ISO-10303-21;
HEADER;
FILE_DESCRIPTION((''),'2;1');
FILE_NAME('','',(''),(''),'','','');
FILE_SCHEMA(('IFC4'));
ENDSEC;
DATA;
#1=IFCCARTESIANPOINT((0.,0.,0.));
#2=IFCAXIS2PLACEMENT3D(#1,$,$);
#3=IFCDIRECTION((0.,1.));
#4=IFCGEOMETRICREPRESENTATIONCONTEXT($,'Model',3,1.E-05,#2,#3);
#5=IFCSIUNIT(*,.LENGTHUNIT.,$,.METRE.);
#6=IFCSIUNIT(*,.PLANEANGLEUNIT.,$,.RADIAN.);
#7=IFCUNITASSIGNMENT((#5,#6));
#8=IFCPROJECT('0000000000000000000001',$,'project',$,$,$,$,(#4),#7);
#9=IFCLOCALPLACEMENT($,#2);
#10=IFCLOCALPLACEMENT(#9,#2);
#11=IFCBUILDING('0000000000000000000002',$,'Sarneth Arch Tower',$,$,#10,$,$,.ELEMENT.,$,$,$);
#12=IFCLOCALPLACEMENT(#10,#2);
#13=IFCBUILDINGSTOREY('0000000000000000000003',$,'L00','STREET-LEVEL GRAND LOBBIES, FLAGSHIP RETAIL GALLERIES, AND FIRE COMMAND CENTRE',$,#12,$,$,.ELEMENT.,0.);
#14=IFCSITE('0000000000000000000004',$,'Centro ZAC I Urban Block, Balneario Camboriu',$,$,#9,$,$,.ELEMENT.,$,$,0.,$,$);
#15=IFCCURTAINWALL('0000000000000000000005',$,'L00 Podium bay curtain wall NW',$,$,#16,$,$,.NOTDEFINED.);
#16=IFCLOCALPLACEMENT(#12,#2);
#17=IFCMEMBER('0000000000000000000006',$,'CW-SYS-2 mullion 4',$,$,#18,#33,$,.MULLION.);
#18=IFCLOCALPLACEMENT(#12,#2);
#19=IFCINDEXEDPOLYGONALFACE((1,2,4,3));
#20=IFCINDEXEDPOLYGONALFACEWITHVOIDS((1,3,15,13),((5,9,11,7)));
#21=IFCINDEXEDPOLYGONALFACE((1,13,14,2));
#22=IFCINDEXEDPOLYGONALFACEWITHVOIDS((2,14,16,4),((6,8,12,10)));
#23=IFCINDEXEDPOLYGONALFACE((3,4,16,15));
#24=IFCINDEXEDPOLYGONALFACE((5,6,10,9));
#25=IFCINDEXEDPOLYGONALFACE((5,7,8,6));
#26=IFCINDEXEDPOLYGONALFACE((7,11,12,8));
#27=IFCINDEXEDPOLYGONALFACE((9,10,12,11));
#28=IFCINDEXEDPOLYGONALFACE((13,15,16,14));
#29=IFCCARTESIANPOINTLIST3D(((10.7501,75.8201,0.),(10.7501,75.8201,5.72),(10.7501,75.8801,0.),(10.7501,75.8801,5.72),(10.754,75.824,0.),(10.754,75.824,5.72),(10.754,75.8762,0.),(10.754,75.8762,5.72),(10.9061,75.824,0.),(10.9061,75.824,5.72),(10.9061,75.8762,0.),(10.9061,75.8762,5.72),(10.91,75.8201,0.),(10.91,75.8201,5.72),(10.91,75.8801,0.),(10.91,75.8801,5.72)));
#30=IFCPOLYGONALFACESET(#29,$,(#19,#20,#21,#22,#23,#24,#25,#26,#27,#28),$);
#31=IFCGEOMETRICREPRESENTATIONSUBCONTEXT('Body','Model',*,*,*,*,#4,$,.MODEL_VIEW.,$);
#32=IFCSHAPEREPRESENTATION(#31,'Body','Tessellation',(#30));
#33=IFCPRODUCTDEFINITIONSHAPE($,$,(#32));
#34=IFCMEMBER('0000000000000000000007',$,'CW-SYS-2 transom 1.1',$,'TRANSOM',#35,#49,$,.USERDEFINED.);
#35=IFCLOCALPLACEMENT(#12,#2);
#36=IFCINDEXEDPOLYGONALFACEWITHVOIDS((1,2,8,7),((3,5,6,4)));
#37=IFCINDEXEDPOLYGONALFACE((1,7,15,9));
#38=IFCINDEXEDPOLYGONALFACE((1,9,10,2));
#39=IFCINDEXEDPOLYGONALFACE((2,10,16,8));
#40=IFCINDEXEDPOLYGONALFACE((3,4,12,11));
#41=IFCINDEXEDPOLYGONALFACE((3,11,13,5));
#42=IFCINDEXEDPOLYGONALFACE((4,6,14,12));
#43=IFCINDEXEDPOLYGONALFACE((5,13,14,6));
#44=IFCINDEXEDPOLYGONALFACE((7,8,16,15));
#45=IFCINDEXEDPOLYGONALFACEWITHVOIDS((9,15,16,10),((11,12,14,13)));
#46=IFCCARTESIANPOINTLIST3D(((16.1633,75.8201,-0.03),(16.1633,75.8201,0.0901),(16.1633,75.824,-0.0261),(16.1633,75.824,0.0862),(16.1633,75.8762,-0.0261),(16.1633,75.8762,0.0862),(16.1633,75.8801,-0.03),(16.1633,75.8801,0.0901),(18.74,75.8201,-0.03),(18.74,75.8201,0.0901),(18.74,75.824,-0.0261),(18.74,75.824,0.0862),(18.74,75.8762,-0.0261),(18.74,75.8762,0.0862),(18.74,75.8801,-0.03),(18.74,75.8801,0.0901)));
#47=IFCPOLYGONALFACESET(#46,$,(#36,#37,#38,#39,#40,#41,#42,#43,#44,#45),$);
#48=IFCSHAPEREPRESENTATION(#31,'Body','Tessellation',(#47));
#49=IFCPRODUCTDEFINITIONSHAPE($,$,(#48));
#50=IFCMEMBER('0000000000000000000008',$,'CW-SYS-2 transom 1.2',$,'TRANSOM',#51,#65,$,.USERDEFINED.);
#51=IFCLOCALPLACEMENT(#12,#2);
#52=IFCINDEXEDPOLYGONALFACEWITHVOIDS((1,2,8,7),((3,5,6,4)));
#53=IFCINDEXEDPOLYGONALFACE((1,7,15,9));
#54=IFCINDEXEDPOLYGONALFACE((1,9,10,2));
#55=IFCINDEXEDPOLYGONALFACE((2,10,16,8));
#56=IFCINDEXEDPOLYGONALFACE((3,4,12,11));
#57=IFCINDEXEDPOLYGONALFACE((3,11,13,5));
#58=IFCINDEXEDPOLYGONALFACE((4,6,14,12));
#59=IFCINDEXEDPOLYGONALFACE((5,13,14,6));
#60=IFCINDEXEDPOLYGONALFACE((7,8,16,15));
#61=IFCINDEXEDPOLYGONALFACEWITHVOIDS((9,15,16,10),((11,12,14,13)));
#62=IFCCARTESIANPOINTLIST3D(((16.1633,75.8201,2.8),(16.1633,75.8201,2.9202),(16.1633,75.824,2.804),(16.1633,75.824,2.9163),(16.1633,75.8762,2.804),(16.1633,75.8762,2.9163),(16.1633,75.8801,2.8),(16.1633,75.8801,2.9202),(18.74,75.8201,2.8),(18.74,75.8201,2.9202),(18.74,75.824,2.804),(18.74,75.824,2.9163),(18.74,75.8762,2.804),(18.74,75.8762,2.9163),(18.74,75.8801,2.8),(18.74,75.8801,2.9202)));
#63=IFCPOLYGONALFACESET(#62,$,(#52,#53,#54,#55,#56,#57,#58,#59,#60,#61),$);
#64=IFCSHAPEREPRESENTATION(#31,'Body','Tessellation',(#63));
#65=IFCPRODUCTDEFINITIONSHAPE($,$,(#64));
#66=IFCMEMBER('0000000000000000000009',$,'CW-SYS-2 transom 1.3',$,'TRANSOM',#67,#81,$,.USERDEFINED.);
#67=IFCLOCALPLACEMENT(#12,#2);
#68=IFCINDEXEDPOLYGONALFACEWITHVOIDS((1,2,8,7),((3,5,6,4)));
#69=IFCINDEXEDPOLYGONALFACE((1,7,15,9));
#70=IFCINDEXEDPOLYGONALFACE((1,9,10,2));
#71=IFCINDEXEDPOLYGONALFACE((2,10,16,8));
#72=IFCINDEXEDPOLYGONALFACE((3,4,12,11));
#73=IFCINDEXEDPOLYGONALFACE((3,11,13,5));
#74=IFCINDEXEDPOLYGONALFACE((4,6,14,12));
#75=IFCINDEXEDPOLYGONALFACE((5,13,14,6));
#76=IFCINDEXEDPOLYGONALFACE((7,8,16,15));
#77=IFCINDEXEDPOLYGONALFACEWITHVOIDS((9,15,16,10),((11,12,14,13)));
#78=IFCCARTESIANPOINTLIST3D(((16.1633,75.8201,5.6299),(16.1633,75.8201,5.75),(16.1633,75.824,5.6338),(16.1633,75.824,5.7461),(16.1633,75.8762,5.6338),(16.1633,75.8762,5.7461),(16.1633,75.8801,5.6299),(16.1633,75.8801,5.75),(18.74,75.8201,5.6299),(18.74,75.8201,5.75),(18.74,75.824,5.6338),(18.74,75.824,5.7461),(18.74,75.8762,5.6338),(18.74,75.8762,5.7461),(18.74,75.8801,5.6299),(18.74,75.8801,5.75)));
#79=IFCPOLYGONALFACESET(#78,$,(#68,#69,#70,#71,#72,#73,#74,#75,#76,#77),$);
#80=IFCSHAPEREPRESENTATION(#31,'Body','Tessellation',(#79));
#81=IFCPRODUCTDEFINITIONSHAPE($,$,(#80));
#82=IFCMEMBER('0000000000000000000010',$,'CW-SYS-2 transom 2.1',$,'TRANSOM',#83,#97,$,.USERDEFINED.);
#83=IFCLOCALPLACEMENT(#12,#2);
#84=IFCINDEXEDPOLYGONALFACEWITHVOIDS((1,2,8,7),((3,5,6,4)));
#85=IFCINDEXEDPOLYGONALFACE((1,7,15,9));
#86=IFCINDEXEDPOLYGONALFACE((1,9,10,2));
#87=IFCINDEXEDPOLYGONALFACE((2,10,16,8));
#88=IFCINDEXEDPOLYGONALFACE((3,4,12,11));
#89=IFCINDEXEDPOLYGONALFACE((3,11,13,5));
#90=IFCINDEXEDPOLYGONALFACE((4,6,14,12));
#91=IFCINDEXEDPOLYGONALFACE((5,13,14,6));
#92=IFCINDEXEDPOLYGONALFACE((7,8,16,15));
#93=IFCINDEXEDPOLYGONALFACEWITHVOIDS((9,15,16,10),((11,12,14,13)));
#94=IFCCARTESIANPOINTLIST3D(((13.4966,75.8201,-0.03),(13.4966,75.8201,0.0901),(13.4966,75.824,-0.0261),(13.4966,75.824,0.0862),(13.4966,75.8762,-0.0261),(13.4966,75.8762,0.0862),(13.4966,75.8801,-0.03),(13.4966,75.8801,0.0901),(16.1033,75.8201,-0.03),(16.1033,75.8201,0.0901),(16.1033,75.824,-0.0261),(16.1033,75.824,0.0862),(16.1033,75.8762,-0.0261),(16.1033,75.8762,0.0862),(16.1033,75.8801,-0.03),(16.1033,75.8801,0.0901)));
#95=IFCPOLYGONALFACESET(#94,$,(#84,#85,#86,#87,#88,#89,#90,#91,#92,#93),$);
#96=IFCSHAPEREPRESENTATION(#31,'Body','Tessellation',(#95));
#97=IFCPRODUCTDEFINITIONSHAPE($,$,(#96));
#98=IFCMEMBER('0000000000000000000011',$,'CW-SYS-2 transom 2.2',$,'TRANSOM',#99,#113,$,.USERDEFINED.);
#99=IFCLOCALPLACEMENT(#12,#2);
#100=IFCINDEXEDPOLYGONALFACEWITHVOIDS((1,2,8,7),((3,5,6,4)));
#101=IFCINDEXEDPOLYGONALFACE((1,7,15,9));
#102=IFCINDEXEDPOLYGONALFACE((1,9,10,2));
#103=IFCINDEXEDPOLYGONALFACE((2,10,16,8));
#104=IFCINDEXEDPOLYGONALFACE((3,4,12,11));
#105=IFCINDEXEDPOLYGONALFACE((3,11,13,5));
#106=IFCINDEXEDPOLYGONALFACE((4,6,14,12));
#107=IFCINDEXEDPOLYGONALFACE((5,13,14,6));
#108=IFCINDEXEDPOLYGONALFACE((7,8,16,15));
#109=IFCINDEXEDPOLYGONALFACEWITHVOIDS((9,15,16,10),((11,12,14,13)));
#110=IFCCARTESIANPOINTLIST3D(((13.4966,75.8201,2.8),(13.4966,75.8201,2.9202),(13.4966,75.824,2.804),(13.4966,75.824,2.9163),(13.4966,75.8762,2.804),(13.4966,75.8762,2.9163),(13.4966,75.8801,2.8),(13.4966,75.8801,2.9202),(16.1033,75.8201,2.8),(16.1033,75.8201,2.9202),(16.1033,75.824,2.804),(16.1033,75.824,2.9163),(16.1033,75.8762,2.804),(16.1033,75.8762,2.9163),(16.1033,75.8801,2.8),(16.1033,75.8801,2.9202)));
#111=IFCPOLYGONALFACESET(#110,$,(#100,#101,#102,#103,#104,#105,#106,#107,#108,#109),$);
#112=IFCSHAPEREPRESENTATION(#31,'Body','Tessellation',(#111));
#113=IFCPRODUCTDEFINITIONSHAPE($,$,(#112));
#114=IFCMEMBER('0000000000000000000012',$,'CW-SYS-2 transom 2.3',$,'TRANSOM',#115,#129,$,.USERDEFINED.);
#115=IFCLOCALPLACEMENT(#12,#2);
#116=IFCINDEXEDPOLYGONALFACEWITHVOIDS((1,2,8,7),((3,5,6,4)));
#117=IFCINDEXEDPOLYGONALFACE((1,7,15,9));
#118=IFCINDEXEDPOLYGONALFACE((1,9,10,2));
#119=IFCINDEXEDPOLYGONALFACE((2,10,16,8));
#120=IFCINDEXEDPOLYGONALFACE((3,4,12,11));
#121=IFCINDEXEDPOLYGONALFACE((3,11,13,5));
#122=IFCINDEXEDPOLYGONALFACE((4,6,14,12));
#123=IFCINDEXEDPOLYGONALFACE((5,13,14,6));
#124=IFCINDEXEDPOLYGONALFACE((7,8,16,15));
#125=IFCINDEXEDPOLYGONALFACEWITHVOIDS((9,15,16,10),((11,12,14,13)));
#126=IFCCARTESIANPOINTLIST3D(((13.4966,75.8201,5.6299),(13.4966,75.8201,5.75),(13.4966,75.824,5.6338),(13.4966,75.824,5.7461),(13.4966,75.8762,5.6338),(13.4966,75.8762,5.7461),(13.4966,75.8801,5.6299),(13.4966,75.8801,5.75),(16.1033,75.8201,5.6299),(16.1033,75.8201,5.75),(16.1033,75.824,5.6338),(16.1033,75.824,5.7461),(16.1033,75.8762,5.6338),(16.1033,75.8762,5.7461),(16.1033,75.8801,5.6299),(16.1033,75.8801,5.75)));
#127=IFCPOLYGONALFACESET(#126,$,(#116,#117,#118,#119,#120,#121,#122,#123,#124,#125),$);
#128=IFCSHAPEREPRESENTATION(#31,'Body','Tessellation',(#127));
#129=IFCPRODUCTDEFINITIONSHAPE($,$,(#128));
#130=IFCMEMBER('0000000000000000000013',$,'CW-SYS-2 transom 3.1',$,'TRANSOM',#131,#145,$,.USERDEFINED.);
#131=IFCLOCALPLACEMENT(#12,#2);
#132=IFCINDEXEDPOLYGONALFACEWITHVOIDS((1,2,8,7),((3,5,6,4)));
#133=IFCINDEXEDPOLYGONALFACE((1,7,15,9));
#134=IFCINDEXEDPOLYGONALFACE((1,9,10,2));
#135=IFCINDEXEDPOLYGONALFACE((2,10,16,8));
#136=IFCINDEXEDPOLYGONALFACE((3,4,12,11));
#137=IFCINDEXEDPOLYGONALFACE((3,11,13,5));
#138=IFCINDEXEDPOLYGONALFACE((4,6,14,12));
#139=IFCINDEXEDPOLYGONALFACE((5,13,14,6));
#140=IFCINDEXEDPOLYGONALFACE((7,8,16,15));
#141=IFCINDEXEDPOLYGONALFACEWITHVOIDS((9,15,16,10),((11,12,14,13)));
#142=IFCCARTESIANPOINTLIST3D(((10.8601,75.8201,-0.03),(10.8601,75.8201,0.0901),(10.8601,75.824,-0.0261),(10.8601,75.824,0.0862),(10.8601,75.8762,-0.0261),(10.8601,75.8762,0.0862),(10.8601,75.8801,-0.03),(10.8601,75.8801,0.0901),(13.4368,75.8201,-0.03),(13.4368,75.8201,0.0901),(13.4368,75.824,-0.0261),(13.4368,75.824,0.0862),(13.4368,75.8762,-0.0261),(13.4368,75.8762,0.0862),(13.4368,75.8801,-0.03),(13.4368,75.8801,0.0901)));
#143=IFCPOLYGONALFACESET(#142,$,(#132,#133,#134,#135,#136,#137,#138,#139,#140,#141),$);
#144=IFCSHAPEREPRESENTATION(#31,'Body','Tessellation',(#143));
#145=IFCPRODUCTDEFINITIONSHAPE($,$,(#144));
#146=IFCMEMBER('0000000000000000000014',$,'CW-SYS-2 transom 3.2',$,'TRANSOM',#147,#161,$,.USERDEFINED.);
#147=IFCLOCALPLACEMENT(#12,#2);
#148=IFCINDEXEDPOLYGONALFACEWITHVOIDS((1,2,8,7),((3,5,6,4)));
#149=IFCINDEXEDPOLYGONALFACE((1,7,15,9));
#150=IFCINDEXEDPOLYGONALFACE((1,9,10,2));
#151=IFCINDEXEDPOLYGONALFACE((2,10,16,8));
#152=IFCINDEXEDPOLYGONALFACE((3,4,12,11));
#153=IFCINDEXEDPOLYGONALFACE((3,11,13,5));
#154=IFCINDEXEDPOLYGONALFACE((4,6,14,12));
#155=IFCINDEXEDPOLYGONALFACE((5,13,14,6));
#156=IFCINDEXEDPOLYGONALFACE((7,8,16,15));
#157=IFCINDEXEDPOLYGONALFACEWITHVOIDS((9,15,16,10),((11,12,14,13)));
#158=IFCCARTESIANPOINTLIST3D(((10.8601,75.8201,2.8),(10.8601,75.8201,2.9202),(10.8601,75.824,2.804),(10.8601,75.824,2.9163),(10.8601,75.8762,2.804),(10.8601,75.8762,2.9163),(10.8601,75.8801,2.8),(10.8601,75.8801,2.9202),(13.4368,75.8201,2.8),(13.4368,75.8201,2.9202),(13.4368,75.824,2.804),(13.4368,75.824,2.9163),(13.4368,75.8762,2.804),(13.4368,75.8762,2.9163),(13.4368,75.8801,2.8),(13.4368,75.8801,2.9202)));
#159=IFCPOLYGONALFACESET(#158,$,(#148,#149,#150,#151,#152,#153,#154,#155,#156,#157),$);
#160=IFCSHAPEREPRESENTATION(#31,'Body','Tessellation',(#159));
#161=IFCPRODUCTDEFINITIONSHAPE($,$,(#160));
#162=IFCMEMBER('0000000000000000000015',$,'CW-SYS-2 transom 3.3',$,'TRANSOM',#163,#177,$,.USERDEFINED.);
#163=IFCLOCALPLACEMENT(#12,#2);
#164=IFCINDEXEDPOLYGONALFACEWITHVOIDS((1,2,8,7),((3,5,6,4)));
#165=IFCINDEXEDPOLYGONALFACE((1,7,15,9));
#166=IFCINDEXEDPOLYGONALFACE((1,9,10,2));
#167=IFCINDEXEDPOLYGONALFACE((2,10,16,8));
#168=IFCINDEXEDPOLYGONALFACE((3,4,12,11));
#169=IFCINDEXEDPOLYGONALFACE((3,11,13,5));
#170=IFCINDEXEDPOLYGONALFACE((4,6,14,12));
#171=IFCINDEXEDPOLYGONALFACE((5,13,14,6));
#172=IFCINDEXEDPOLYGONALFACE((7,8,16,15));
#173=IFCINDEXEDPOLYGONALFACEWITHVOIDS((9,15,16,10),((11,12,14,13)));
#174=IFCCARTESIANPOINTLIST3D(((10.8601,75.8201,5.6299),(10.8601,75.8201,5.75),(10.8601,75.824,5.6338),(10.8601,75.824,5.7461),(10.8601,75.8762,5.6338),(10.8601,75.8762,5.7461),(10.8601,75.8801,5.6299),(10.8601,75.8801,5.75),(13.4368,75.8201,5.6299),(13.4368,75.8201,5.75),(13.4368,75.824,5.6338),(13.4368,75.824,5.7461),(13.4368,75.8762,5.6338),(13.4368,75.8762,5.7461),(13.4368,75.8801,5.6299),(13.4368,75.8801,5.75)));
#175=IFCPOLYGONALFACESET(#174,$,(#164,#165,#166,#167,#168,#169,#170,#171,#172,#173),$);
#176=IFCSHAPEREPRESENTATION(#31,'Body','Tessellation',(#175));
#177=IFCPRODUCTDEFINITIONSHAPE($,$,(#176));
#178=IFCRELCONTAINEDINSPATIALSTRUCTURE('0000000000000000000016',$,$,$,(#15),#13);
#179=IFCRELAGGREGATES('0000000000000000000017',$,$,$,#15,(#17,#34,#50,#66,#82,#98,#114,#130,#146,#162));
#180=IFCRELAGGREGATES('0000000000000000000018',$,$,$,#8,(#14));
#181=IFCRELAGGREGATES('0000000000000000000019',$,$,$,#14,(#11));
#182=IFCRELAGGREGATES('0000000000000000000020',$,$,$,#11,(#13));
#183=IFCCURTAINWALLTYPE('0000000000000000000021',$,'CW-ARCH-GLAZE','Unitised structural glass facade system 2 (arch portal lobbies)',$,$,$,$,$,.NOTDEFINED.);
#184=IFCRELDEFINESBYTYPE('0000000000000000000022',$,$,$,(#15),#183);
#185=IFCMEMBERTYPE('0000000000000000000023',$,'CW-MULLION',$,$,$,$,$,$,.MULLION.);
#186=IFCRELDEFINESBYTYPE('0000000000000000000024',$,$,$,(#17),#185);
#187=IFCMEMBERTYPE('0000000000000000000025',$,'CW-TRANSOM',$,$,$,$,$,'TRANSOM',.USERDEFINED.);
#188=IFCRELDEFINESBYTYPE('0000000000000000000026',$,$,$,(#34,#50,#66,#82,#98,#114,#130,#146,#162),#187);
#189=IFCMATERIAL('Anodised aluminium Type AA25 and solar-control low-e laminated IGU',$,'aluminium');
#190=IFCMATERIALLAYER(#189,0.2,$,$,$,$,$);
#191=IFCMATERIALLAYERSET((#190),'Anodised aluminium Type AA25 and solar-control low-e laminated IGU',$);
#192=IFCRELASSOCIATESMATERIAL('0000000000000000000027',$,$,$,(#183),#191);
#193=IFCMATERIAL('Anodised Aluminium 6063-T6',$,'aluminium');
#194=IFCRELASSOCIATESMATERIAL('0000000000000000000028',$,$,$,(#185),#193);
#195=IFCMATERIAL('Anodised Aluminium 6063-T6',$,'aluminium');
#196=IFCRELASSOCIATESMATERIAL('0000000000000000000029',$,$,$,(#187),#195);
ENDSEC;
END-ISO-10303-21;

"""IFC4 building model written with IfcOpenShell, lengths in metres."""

from ifc_helpers import new_model, si_unit, direction, frame, origin, origin_2d, place, context, subcontext, project, spatial, hollow_rectangle, extrude, material, layer, layer_set, material_profile, profile_set, type_object, element, aggregate, save


model = new_model("IFC4")

# Units and contexts
model_context = context("Model", 3, precision=1e-05, world=origin(), true_north=direction((0.0, 1.0)))
body_context = subcontext(model_context, "Body", "Model", "MODEL_VIEW")
ifc_project = project(units=[si_unit("LENGTHUNIT", "METRE"), si_unit("PLANEANGLEUNIT", "RADIAN")], contexts=[model_context])

# Site, building, storey
site_placement = place(None, origin())
site = spatial("IfcSite", under=ifc_project, at=site_placement, Name="Centro ZAC I Urban Block, Balneario Camboriu", CompositionType="ELEMENT", RefElevation=0.0)
building_placement = place(site_placement, origin())
building = spatial("IfcBuilding", under=site, at=building_placement, Name="Sarneth Arch Tower", CompositionType="ELEMENT")
storey_placement = place(building_placement, origin())
storey = spatial("IfcBuildingStorey", under=building, at=storey_placement, Name="L00", Description="STREET-LEVEL GRAND LOBBIES, FLAGSHIP RETAIL GALLERIES, AND FIRE COMMAND CENTRE", CompositionType="ELEMENT", Elevation=0.0)

# Curtain wall, members
ifc_material_1 = material(Name="Anodised aluminium Type AA25 and solar-control low-e laminated IGU", Category="aluminium")
ifc_layer_1 = layer(ifc_material_1, 0.2)
ifc_layer_set_1 = layer_set([ifc_layer_1], Name="Anodised aluminium Type AA25 and solar-control low-e laminated IGU")
curtain_wall_type = type_object("IfcCurtainWallType", Name="CW-ARCH-GLAZE", Description="Unitised structural glass facade system 2 (arch portal lobbies)", PredefinedType="NOTDEFINED", material=ifc_layer_set_1)
curtain_wall_placement = place(storey_placement, origin())
curtain_wall = element("IfcCurtainWall", 1, at=curtain_wall_placement, inside=storey, type_object=curtain_wall_type, Name="L00 Podium bay curtain wall NW", PredefinedType="NOTDEFINED")
ifc_material_2 = material(Name="Anodised Aluminium 6063-T6", Category="aluminium")
ifc_material_profile_1 = material_profile(ifc_material_2, hollow_rectangle(XDim=0.0601, YDim=0.1599, WallThickness=0.0039, at=origin_2d()), Name="AL-MULL-160x60x4")
ifc_profile_set_1 = profile_set([ifc_material_profile_1], Name="Anodised Aluminium 6063-T6")
member_type_1 = type_object("IfcMemberType", Name="CW-MULLION", PredefinedType="MULLION", material=ifc_profile_set_1)
member_1_placement = place(storey_placement, frame((10.8301, 75.8501, 0.0), z_axis=(0.0, 0.0, 1.0), x_axis=(0.0, -1.0, 0.0)))
member_1 = element("IfcMember", 2, at=member_1_placement, type_object=member_type_1, Name="CW-SYS-2 mullion 4", PredefinedType="MULLION", context=body_context, shape_type="SweptSolid", body=[
    extrude(hollow_rectangle(XDim=0.0601, YDim=0.1599, WallThickness=0.0039, at=origin_2d()), origin(), (0.0, 0.0, 1.0), 5.72),
])
ifc_material_3 = material(Name="Anodised Aluminium 6063-T6", Category="aluminium")
ifc_material_profile_2 = material_profile(ifc_material_3, hollow_rectangle(XDim=0.0601, YDim=0.1201, WallThickness=0.0039, at=origin_2d()), Name="AL-TRAN-120x60x4")
ifc_profile_set_2 = profile_set([ifc_material_profile_2], Name="Anodised Aluminium 6063-T6")
member_type_2 = type_object("IfcMemberType", Name="CW-TRANSOM", ElementType="TRANSOM", PredefinedType="USERDEFINED", material=ifc_profile_set_2)
member_2_placement = place(storey_placement, frame((18.74, 75.8501, 0.03), z_axis=(-1.0, 0.0, 0.0), x_axis=(0.0, -1.0, 0.0)))
member_2 = element("IfcMember", 3, at=member_2_placement, type_object=member_type_2, Name="CW-SYS-2 transom 1.1", ObjectType="TRANSOM", PredefinedType="USERDEFINED", context=body_context, shape_type="SweptSolid", body=[
    extrude(hollow_rectangle(XDim=0.0601, YDim=0.1201, WallThickness=0.0039, at=origin_2d()), origin(), (0.0, 0.0, 1.0), 2.5767),
])
member_3_placement = place(storey_placement, frame((18.74, 75.8501, 2.8601), z_axis=(-1.0, 0.0, 0.0), x_axis=(0.0, -1.0, 0.0)))
member_3 = element("IfcMember", 4, at=member_3_placement, type_object=member_type_2, Name="CW-SYS-2 transom 1.2", ObjectType="TRANSOM", PredefinedType="USERDEFINED", context=body_context, shape_type="SweptSolid", body=[
    extrude(hollow_rectangle(XDim=0.0601, YDim=0.1201, WallThickness=0.0039, at=origin_2d()), origin(), (0.0, 0.0, 1.0), 2.5767),
])
member_4_placement = place(storey_placement, frame((18.74, 75.8501, 5.6899), z_axis=(-1.0, 0.0, 0.0), x_axis=(0.0, -1.0, 0.0)))
member_4 = element("IfcMember", 5, at=member_4_placement, type_object=member_type_2, Name="CW-SYS-2 transom 1.3", ObjectType="TRANSOM", PredefinedType="USERDEFINED", context=body_context, shape_type="SweptSolid", body=[
    extrude(hollow_rectangle(XDim=0.0601, YDim=0.1201, WallThickness=0.0039, at=origin_2d()), origin(), (0.0, 0.0, 1.0), 2.5767),
])
member_5_placement = place(storey_placement, frame((16.1033, 75.8501, 0.03), z_axis=(-1.0, 0.0, 0.0), x_axis=(0.0, -1.0, 0.0)))
member_5 = element("IfcMember", 6, at=member_5_placement, type_object=member_type_2, Name="CW-SYS-2 transom 2.1", ObjectType="TRANSOM", PredefinedType="USERDEFINED", context=body_context, shape_type="SweptSolid", body=[
    extrude(hollow_rectangle(XDim=0.0601, YDim=0.1201, WallThickness=0.0039, at=origin_2d()), origin(), (0.0, 0.0, 1.0), 2.6067),
])
member_6_placement = place(storey_placement, frame((16.1033, 75.8501, 2.8601), z_axis=(-1.0, 0.0, 0.0), x_axis=(0.0, -1.0, 0.0)))
member_6 = element("IfcMember", 7, at=member_6_placement, type_object=member_type_2, Name="CW-SYS-2 transom 2.2", ObjectType="TRANSOM", PredefinedType="USERDEFINED", context=body_context, shape_type="SweptSolid", body=[
    extrude(hollow_rectangle(XDim=0.0601, YDim=0.1201, WallThickness=0.0039, at=origin_2d()), origin(), (0.0, 0.0, 1.0), 2.6067),
])
member_7_placement = place(storey_placement, frame((16.1033, 75.8501, 5.6899), z_axis=(-1.0, 0.0, 0.0), x_axis=(0.0, -1.0, 0.0)))
member_7 = element("IfcMember", 8, at=member_7_placement, type_object=member_type_2, Name="CW-SYS-2 transom 2.3", ObjectType="TRANSOM", PredefinedType="USERDEFINED", context=body_context, shape_type="SweptSolid", body=[
    extrude(hollow_rectangle(XDim=0.0601, YDim=0.1201, WallThickness=0.0039, at=origin_2d()), origin(), (0.0, 0.0, 1.0), 2.6067),
])
member_8_placement = place(storey_placement, frame((13.4368, 75.8501, 0.03), z_axis=(-1.0, 0.0, 0.0), x_axis=(0.0, -1.0, 0.0)))
member_8 = element("IfcMember", 9, at=member_8_placement, type_object=member_type_2, Name="CW-SYS-2 transom 3.1", ObjectType="TRANSOM", PredefinedType="USERDEFINED", context=body_context, shape_type="SweptSolid", body=[
    extrude(hollow_rectangle(XDim=0.0601, YDim=0.1201, WallThickness=0.0039, at=origin_2d()), origin(), (0.0, 0.0, 1.0), 2.5767),
])
member_9_placement = place(storey_placement, frame((13.4368, 75.8501, 2.8601), z_axis=(-1.0, 0.0, 0.0), x_axis=(0.0, -1.0, 0.0)))
member_9 = element("IfcMember", 10, at=member_9_placement, type_object=member_type_2, Name="CW-SYS-2 transom 3.2", ObjectType="TRANSOM", PredefinedType="USERDEFINED", context=body_context, shape_type="SweptSolid", body=[
    extrude(hollow_rectangle(XDim=0.0601, YDim=0.1201, WallThickness=0.0039, at=origin_2d()), origin(), (0.0, 0.0, 1.0), 2.5767),
])
member_10_placement = place(storey_placement, frame((13.4368, 75.8501, 5.6899), z_axis=(-1.0, 0.0, 0.0), x_axis=(0.0, -1.0, 0.0)))
member_10 = element("IfcMember", 11, at=member_10_placement, type_object=member_type_2, Name="CW-SYS-2 transom 3.3", ObjectType="TRANSOM", PredefinedType="USERDEFINED", context=body_context, shape_type="SweptSolid", body=[
    extrude(hollow_rectangle(XDim=0.0601, YDim=0.1201, WallThickness=0.0039, at=origin_2d()), origin(), (0.0, 0.0, 1.0), 2.5767),
])

aggregate(curtain_wall, [member_1, member_2, member_3, member_4, member_5, member_6, member_7, member_8, member_9, member_10])

save(model, "model.ifc")
